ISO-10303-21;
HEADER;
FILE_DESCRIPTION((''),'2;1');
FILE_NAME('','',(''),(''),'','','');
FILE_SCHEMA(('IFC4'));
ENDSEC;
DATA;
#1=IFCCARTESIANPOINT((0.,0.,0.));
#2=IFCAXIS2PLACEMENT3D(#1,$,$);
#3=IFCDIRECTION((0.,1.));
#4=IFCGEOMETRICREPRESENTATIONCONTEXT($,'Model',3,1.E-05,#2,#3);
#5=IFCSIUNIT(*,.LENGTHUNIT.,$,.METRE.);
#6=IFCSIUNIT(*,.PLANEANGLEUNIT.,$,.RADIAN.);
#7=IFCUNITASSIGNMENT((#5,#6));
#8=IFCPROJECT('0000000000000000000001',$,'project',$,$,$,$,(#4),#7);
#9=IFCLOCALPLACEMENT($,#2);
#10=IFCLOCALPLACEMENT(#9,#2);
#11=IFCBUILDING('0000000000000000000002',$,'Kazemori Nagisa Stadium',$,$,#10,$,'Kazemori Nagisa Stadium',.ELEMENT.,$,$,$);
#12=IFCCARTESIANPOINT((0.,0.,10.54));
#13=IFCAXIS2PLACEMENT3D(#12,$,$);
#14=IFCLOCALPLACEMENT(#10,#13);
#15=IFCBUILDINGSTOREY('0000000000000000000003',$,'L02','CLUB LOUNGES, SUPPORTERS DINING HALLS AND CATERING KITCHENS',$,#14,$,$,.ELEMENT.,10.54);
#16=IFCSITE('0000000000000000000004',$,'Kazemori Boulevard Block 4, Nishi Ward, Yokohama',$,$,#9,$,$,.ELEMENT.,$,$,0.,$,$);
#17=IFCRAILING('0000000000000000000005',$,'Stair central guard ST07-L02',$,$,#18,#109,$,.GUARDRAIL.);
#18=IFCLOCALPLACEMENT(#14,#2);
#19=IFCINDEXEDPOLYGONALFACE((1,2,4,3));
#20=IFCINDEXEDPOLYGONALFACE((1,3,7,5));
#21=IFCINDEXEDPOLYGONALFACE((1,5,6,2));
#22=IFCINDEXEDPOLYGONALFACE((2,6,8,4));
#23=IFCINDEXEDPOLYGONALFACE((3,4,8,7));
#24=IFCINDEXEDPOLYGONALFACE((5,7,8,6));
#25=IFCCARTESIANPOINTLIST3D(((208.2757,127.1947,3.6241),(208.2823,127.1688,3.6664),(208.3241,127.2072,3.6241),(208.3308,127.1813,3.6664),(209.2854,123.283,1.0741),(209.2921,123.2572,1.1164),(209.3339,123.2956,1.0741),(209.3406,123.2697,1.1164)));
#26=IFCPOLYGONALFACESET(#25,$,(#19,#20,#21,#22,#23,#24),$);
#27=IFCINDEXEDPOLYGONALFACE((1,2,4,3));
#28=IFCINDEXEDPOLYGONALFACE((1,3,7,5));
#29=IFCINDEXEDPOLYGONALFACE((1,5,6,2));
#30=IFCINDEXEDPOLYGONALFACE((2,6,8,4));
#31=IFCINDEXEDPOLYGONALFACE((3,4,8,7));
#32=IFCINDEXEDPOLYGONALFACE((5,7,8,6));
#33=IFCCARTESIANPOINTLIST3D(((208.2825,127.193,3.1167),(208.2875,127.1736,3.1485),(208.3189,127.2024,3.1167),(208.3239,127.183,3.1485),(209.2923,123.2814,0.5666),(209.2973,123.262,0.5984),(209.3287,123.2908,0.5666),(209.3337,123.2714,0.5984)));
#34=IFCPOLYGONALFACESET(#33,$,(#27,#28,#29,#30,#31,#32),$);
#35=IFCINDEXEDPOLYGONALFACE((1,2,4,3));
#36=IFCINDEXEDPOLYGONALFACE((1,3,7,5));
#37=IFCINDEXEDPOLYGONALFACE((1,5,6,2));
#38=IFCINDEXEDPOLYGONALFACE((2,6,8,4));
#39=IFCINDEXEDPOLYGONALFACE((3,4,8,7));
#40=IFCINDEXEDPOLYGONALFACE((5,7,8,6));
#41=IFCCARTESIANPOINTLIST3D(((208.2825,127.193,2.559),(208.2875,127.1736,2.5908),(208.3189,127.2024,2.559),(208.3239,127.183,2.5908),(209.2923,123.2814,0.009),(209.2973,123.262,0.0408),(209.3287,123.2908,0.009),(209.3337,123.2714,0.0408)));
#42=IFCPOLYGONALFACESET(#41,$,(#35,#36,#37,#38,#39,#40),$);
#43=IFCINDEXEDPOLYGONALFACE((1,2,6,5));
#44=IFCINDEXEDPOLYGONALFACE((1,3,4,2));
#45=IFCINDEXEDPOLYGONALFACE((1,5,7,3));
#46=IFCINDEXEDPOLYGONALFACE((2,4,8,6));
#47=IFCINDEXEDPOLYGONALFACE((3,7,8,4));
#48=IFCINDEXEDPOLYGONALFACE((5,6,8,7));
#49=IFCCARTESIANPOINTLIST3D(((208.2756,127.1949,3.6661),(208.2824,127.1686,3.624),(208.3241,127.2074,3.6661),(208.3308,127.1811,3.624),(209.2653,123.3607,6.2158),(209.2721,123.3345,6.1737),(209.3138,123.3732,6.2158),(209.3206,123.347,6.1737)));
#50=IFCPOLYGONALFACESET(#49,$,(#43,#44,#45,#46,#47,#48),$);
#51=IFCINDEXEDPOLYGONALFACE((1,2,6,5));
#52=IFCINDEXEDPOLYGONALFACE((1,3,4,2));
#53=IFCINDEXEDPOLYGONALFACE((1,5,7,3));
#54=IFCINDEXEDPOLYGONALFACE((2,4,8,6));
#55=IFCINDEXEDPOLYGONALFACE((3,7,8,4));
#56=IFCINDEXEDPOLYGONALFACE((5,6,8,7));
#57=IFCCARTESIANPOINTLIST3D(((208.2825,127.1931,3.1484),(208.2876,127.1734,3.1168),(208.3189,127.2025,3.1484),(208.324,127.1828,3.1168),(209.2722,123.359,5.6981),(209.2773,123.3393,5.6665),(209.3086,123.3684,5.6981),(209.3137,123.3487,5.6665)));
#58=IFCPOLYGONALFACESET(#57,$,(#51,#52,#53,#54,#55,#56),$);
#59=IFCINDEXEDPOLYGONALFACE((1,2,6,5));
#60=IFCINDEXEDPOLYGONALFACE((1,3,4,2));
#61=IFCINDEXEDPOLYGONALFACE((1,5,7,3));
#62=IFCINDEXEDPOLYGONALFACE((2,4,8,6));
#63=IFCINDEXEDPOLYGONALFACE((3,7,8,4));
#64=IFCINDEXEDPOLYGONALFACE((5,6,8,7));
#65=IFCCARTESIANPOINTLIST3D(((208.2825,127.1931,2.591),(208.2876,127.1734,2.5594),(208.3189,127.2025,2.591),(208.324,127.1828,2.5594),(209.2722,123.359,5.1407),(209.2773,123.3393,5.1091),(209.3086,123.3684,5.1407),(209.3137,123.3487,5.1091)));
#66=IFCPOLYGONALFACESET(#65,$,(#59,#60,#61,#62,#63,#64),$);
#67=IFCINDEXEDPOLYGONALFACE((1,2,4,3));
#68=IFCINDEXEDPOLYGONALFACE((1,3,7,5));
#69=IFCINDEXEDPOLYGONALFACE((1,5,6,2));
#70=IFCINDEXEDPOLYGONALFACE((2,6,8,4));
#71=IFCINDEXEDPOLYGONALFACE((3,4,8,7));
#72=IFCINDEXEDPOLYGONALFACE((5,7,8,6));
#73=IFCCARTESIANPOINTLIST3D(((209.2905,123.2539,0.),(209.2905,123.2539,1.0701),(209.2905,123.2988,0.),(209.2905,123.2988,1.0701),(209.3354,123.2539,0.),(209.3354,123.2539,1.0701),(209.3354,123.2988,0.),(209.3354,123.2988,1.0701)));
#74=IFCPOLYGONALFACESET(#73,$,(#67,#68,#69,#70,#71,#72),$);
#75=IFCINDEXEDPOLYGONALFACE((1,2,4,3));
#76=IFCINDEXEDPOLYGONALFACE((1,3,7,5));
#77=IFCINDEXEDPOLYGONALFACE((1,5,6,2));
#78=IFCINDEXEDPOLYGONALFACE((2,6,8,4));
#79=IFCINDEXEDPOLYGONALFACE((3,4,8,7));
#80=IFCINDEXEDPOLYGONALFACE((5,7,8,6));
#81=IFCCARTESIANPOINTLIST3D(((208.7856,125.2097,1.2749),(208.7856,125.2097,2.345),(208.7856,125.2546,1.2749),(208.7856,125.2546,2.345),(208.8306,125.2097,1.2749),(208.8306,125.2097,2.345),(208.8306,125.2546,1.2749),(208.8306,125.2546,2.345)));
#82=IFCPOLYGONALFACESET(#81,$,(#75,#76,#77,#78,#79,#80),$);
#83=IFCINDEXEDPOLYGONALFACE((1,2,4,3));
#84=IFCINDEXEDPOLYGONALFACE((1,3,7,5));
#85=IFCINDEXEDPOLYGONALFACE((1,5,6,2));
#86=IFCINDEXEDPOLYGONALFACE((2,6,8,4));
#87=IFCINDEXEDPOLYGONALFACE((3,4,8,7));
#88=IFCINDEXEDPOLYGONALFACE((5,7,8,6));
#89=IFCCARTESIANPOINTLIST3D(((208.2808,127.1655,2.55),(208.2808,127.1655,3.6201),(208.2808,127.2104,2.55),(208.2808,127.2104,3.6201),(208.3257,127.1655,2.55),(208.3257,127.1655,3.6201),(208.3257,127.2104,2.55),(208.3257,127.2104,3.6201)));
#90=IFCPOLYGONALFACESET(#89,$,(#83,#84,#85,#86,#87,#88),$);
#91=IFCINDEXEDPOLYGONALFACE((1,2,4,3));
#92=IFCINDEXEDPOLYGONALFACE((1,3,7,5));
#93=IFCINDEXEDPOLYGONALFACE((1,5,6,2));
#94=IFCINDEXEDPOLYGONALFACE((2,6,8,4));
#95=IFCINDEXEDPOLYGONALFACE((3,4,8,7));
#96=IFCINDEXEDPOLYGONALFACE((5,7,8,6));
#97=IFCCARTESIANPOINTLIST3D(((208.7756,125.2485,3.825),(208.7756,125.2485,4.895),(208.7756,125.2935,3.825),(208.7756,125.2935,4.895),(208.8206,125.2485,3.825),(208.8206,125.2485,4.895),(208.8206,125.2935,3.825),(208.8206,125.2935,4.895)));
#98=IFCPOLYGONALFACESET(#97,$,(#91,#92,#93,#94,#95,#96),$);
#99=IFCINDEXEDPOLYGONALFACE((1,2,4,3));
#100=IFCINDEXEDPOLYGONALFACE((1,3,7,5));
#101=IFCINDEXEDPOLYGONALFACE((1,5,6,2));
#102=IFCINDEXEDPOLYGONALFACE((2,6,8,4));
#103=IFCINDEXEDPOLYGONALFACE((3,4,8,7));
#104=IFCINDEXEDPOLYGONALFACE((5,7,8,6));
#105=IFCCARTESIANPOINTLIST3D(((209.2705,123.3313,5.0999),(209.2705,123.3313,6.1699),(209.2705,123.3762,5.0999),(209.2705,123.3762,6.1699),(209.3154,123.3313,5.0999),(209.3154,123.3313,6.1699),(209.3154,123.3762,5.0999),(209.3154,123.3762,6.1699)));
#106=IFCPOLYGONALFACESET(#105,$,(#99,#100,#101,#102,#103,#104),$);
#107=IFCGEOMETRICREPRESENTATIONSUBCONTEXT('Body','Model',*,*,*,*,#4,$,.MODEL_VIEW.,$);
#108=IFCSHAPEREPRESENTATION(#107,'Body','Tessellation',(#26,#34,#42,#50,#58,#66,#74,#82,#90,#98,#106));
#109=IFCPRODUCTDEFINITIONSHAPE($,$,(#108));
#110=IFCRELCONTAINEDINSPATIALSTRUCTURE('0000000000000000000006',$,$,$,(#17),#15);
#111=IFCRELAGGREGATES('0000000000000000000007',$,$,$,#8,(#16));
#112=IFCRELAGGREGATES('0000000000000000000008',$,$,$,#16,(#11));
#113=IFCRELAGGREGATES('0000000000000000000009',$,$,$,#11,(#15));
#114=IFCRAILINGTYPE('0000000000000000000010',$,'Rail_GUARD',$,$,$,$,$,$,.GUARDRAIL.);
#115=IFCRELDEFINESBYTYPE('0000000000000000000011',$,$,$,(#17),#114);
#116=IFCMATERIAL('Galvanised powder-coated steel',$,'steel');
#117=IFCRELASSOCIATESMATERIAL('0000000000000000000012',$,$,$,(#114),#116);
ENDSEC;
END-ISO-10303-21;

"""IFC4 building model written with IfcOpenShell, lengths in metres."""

from ifc_helpers import new_model, si_unit, direction, frame, origin, origin_2d, place, context, subcontext, project, spatial, rectangle, extrude, material, type_object, element, save


model = new_model("IFC4")

# Units and contexts
model_context = context("Model", 3, precision=1e-05, world=origin(), true_north=direction((0.0, 1.0)))
body_context = subcontext(model_context, "Body", "Model", "MODEL_VIEW")
ifc_project = project(units=[si_unit("LENGTHUNIT", "METRE"), si_unit("PLANEANGLEUNIT", "RADIAN")], contexts=[model_context])

# Site, building, storey
site_placement = place(None, origin())
site = spatial("IfcSite", under=ifc_project, at=site_placement, Name="Kazemori Boulevard Block 4, Nishi Ward, Yokohama", CompositionType="ELEMENT", RefElevation=0.0)
building_placement = place(site_placement, origin())
building = spatial("IfcBuilding", under=site, at=building_placement, Name="Kazemori Nagisa Stadium", LongName="Kazemori Nagisa Stadium", CompositionType="ELEMENT")
storey_placement = place(building_placement, frame((0.0, 0.0, 10.54)))
storey = spatial("IfcBuildingStorey", under=building, at=storey_placement, Name="L02", Description="CLUB LOUNGES, SUPPORTERS DINING HALLS AND CATERING KITCHENS", CompositionType="ELEMENT", Elevation=10.54)

# Railing
ifc_material_1 = material(Name="Galvanised powder-coated steel", Category="steel")
railing_type_1 = type_object("IfcRailingType", Name="Rail_GUARD", PredefinedType="GUARDRAIL", material=ifc_material_1)
railing_1_placement = place(storey_placement, frame((209.313, 123.2764, 0.0)))
element("IfcRailing", 1, at=railing_1_placement, inside=storey, type_object=railing_type_1, Name="Stair central guard ST07-L02", PredefinedType="GUARDRAIL", context=body_context, shape_type="SweptSolid", body=[
    extrude(rectangle(XDim=0.05, YDim=0.05, at=origin_2d()), frame((0.0, 0.0, 1.0952), z_axis=(-0.211365, 0.818783, 0.533778), x_axis=(-0.968258, -0.249951, 0.0)), (0.0, 0.0, 1.0), 4.7773),
    extrude(rectangle(XDim=0.0376, YDim=0.0376, at=origin_2d()), frame((0.0, 0.0, 0.5825), z_axis=(-0.211365, 0.818783, 0.533778), x_axis=(-0.968258, -0.249951, 0.0)), (0.0, 0.0, 1.0), 4.7773),
    extrude(rectangle(XDim=0.0376, YDim=0.0376, at=origin_2d()), frame((0.0, 0.0, 0.0249), z_axis=(-0.211365, 0.818783, 0.533778), x_axis=(-0.968258, -0.249951, 0.0)), (0.0, 0.0, 1.0), 4.7773),
    extrude(rectangle(XDim=0.05, YDim=0.05, at=origin_2d()), frame((-1.0098, 3.9116, 3.645), z_axis=(0.210145, -0.814092, 0.54138), x_axis=(0.968261, 0.249941, 0.0)), (0.0, 0.0, 1.0), 4.7097),
    extrude(rectangle(XDim=0.0376, YDim=0.0376, at=origin_2d()), frame((-1.0098, 3.9116, 3.1326), z_axis=(0.210145, -0.814092, 0.54138), x_axis=(0.968261, 0.249941, 0.0)), (0.0, 0.0, 1.0), 4.7097),
    extrude(rectangle(XDim=0.0376, YDim=0.0376, at=origin_2d()), frame((-1.0098, 3.9116, 2.5752), z_axis=(0.210145, -0.814092, 0.54138), x_axis=(0.968261, 0.249941, 0.0)), (0.0, 0.0, 1.0), 4.7097),
    extrude(rectangle(XDim=0.0449, YDim=0.0449, at=origin_2d()), origin(), (0.0, 0.0, 1.0), 1.0701),
    extrude(rectangle(XDim=0.0449, YDim=0.0449, at=origin_2d()), frame((-0.5049, 1.9558, 1.2749)), (0.0, 0.0, 1.0), 1.0701),
    extrude(rectangle(XDim=0.0449, YDim=0.0449, at=origin_2d()), frame((-1.0098, 3.9116, 2.55)), (0.0, 0.0, 1.0), 1.0701),
    extrude(rectangle(XDim=0.0449, YDim=0.0449, at=origin_2d()), frame((-0.5149, 1.9946, 3.825)), (0.0, 0.0, 1.0), 1.0701),
    extrude(rectangle(XDim=0.0449, YDim=0.0449, at=origin_2d()), frame((-0.02, 0.0774, 5.0999)), (0.0, 0.0, 1.0), 1.0701),
])

save(model, "model.ifc")
